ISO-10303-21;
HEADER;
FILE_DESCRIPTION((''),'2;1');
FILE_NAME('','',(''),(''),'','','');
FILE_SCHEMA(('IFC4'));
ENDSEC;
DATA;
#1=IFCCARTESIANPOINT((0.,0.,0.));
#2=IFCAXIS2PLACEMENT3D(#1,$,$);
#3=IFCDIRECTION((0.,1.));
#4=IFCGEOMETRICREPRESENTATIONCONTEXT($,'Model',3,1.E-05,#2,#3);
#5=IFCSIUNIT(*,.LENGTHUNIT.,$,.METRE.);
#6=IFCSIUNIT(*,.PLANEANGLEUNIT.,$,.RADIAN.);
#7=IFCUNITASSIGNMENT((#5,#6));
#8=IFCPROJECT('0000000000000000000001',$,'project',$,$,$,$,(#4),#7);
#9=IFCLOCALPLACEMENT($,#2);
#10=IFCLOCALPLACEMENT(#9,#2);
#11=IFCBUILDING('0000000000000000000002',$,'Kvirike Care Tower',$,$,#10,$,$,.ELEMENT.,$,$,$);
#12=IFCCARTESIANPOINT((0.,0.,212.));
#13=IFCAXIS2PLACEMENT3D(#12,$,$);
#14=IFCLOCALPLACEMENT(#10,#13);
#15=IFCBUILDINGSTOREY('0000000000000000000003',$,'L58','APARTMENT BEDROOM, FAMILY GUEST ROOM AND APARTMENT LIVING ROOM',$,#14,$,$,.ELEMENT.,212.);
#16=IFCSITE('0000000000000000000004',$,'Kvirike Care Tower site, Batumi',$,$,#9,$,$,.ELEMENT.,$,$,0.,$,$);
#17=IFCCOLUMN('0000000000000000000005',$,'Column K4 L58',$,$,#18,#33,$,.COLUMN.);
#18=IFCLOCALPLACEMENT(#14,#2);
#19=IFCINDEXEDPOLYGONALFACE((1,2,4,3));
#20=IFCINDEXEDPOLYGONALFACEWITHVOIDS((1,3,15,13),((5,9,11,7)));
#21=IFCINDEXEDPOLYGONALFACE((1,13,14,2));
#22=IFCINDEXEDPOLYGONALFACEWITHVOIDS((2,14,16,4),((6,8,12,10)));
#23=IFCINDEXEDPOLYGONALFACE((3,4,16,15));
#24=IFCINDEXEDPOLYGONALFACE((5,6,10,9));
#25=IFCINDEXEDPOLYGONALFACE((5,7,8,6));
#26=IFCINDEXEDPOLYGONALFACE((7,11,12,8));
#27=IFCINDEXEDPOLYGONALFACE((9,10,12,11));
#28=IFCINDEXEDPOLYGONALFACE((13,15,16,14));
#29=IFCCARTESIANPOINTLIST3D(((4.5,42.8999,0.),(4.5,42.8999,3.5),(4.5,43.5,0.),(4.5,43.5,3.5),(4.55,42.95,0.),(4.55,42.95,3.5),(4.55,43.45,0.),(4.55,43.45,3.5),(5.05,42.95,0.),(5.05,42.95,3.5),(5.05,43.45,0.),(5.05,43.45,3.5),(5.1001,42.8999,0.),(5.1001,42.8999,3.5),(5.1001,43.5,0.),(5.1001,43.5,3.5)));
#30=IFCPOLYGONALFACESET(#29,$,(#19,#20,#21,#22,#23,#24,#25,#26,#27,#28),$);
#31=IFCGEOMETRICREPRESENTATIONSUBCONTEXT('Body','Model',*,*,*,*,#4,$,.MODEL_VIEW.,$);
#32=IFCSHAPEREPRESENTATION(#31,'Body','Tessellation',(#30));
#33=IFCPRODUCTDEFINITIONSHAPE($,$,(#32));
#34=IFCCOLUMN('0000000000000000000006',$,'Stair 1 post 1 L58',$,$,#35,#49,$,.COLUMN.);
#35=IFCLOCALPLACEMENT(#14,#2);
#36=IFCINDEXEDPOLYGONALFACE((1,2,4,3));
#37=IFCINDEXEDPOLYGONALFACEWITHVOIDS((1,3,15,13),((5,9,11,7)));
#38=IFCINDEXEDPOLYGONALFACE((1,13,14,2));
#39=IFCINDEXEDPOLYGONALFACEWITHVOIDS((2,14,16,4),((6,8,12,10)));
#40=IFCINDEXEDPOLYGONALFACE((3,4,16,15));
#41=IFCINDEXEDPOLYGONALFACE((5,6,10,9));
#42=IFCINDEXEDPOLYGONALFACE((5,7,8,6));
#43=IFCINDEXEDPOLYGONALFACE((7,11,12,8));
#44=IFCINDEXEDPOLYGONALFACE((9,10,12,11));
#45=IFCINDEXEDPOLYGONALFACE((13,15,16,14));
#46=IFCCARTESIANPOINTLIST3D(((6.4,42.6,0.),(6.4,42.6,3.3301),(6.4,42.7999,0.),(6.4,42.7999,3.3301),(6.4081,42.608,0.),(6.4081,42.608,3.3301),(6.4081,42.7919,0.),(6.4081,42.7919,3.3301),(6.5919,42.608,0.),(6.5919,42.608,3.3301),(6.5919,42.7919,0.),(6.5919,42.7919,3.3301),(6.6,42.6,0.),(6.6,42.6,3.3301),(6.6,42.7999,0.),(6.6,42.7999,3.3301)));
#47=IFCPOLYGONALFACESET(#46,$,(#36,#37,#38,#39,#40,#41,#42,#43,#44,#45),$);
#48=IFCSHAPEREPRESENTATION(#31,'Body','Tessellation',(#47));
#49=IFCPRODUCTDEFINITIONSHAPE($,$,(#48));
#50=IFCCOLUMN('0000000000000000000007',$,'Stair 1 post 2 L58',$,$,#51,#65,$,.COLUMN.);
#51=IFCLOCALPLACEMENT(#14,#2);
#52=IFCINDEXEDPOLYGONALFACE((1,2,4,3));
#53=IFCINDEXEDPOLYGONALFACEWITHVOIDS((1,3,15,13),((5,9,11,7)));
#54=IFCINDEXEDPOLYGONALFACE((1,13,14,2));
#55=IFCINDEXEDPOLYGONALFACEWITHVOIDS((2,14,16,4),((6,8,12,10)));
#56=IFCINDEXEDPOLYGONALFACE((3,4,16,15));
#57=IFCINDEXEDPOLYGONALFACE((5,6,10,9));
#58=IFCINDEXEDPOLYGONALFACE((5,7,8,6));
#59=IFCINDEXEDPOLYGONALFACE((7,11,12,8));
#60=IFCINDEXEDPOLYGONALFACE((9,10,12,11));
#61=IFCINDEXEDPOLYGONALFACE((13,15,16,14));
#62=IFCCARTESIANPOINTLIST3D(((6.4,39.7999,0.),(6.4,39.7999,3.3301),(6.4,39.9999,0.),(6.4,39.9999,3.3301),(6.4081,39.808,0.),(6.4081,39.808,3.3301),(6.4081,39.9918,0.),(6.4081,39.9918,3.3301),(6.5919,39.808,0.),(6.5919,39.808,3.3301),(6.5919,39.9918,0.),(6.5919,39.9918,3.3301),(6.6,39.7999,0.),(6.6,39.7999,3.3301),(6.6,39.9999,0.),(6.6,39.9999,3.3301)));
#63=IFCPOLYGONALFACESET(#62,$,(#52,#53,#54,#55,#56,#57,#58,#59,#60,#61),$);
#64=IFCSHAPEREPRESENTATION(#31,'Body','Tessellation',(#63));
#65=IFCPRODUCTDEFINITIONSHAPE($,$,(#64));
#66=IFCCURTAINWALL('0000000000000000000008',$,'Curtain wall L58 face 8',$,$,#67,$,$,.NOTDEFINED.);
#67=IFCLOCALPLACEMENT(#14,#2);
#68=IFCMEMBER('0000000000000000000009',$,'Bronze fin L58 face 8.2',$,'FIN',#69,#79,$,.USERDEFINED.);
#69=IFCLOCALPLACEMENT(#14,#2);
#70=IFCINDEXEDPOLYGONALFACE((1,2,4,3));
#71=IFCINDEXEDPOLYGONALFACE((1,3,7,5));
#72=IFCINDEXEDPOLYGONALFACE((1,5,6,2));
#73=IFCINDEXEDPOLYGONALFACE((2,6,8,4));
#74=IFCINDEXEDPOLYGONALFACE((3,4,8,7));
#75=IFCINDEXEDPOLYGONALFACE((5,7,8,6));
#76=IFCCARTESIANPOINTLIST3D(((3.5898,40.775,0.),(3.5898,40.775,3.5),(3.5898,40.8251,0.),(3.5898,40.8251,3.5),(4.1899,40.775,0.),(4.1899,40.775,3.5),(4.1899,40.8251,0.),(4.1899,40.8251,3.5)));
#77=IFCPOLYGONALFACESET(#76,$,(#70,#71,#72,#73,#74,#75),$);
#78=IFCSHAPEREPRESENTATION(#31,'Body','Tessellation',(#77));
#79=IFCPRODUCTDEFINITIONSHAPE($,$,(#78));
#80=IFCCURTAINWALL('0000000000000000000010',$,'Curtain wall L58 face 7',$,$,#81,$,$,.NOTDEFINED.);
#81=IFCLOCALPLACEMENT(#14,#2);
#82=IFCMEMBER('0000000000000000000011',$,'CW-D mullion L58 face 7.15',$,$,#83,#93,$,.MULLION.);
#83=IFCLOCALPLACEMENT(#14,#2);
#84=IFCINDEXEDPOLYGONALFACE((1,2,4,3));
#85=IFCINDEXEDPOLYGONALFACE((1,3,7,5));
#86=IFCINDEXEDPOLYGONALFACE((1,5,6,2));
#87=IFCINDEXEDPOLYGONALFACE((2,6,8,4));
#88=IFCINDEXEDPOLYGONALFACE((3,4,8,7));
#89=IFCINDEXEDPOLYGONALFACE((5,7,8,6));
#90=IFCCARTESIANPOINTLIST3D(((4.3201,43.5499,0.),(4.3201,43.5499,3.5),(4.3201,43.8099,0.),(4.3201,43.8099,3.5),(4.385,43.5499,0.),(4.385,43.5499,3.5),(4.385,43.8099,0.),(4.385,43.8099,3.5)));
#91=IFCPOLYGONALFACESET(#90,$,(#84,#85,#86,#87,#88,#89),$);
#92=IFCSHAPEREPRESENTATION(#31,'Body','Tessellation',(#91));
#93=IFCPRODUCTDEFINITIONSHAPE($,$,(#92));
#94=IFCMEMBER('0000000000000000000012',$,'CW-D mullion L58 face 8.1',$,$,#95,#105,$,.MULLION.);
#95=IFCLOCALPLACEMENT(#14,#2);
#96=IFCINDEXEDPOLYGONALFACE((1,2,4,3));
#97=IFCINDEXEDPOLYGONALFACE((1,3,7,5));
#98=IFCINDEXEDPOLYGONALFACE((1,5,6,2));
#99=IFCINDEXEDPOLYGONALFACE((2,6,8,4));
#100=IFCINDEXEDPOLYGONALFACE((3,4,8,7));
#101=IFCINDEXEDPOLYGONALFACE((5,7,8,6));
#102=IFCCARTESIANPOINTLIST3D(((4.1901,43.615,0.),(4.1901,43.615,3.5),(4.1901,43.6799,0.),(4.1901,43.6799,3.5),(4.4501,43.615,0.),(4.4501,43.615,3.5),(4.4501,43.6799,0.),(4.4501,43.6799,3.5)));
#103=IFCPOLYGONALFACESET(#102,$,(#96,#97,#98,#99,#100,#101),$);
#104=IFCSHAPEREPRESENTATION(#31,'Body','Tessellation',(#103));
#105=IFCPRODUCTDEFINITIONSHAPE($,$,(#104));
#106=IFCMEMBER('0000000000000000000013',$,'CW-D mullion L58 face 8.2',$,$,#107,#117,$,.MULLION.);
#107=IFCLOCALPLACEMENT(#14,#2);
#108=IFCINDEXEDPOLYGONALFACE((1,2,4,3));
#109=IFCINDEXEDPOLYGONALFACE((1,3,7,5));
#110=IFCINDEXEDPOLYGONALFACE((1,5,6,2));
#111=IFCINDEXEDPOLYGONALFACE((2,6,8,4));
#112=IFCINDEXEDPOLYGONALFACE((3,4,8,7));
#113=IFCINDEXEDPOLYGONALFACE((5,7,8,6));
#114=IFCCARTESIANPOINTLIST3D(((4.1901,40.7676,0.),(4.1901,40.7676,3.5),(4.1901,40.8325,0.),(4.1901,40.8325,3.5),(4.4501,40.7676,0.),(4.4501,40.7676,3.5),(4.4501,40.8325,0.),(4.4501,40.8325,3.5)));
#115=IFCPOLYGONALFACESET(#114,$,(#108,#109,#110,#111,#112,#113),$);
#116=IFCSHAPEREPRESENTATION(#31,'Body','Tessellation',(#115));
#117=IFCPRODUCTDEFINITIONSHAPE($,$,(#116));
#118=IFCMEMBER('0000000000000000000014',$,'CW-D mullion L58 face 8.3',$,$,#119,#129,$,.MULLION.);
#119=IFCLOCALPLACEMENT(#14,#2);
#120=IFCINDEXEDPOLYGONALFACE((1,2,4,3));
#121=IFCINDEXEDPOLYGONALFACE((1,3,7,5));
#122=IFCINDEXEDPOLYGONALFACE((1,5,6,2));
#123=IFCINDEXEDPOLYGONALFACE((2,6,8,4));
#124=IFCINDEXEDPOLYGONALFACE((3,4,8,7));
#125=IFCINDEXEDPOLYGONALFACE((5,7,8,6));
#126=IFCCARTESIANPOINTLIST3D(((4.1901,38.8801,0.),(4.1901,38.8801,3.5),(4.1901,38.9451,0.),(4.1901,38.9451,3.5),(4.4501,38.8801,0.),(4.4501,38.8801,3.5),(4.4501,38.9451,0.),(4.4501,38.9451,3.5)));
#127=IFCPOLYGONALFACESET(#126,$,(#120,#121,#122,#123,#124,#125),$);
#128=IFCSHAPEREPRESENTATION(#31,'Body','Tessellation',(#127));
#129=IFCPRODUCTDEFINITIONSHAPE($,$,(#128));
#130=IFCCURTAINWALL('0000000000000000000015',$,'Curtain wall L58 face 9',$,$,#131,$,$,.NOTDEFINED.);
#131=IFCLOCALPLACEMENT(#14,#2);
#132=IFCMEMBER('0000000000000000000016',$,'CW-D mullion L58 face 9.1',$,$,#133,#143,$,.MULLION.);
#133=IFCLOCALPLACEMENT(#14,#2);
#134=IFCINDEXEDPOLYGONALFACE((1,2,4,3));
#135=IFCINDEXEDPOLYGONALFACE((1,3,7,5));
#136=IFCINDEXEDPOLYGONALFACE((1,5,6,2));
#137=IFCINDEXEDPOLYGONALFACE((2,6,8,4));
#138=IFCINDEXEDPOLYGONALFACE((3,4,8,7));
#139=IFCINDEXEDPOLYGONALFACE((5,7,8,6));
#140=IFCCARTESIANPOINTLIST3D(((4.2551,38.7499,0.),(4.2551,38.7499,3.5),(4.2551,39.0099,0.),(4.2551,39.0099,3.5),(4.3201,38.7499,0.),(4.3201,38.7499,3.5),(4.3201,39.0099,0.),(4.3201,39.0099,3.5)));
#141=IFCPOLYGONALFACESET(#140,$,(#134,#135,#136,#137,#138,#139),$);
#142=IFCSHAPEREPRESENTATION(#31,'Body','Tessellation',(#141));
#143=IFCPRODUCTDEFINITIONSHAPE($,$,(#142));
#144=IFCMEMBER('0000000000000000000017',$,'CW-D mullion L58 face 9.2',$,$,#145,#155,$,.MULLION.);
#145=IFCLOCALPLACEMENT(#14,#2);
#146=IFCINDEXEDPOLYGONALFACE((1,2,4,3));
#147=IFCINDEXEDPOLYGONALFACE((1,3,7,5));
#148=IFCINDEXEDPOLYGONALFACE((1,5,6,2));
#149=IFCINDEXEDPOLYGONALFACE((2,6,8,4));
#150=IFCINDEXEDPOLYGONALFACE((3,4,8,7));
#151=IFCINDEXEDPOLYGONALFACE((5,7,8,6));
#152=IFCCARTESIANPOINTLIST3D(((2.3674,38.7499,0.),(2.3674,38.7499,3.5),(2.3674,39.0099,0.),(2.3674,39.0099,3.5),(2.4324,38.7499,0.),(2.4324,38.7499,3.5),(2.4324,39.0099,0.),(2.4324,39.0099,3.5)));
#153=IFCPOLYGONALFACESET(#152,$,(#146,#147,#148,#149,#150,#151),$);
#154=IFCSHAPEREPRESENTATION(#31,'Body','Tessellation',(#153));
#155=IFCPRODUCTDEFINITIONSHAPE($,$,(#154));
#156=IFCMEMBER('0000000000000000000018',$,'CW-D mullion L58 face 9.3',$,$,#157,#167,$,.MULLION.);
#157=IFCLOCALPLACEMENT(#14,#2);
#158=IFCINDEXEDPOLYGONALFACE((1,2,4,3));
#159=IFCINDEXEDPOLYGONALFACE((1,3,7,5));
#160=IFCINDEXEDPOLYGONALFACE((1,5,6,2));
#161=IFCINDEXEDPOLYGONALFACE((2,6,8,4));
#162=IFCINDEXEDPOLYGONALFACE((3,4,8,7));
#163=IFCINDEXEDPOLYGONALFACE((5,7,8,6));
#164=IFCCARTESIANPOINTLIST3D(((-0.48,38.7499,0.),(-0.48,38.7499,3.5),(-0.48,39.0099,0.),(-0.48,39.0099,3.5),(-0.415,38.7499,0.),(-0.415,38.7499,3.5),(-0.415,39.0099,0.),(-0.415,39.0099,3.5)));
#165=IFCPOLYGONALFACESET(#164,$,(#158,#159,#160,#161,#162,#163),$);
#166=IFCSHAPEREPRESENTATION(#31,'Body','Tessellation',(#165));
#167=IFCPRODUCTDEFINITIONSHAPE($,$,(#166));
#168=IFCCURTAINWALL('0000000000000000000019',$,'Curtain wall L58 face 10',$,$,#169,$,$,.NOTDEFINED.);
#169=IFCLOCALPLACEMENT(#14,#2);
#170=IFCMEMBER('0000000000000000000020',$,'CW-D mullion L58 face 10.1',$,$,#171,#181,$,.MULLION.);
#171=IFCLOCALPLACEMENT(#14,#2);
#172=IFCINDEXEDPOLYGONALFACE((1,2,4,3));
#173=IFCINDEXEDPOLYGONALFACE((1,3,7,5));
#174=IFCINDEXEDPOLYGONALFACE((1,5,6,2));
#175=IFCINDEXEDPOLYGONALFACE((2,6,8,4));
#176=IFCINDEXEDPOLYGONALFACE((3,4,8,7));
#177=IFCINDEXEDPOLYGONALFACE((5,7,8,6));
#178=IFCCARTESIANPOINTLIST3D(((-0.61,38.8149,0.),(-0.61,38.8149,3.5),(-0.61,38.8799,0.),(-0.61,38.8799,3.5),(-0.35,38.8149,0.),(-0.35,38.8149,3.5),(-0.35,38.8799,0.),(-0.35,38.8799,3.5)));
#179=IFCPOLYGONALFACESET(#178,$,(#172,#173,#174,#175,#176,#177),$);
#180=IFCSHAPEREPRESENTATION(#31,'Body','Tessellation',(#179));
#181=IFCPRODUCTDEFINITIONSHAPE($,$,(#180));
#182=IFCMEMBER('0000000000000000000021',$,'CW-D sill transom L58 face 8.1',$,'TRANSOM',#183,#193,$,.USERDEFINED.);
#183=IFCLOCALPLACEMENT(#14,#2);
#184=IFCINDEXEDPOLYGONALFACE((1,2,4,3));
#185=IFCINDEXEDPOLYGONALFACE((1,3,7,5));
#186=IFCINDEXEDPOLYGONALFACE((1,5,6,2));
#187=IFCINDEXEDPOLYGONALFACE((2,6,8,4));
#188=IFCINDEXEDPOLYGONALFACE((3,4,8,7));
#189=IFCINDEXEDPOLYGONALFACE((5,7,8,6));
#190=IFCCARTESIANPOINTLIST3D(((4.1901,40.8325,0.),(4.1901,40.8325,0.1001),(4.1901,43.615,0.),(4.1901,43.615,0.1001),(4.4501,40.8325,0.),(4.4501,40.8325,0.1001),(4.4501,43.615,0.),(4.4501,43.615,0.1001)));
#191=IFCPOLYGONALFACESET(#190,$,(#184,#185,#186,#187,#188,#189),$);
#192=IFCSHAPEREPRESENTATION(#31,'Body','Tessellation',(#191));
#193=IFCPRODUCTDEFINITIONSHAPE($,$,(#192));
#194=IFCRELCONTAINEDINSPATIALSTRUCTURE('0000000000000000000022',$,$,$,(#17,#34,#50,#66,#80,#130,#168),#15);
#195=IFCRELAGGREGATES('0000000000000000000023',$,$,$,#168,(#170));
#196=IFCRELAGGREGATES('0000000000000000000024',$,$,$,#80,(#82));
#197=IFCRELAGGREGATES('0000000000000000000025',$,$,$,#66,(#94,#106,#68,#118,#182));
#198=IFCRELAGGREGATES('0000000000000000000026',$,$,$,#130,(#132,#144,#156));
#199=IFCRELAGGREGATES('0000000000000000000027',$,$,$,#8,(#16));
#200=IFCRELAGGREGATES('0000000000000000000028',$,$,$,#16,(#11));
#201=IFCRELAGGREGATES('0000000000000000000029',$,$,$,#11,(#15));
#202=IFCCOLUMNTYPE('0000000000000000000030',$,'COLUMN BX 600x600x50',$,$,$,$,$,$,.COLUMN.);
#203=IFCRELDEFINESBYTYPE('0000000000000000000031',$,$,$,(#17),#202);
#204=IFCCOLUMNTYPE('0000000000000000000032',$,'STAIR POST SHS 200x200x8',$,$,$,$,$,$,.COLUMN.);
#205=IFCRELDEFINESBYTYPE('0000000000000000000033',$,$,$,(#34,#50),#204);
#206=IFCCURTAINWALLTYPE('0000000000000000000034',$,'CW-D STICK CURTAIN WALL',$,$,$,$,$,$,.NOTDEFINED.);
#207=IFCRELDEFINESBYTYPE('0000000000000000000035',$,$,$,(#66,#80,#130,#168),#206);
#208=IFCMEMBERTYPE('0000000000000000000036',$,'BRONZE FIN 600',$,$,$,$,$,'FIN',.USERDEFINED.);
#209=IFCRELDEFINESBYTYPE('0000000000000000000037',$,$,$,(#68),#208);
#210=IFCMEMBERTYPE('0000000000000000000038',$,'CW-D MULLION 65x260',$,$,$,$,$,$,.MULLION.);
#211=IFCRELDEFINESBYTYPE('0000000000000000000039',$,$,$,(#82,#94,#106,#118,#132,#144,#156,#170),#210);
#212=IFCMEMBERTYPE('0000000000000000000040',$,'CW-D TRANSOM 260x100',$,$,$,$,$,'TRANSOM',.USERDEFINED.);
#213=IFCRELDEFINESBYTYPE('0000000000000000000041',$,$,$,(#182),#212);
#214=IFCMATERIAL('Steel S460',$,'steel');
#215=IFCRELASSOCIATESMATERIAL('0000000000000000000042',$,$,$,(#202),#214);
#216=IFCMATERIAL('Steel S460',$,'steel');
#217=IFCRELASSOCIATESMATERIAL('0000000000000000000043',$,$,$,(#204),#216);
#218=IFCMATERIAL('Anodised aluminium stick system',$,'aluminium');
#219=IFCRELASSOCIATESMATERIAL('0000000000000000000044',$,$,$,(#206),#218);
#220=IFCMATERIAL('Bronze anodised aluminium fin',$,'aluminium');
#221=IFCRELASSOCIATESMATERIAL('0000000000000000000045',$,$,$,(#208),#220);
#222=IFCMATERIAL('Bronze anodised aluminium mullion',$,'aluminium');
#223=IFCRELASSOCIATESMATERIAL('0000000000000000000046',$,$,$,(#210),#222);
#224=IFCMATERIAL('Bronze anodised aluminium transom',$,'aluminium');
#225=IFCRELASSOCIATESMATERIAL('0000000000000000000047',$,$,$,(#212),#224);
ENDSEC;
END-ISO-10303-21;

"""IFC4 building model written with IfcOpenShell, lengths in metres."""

from ifc_helpers import new_model, si_unit, direction, frame, origin, origin_2d, place, context, subcontext, project, spatial, rectangle, hollow_rectangle, extrude, material, material_profile, profile_set, type_object, element, aggregate, save


model = new_model("IFC4")

# Units and contexts
model_context = context("Model", 3, precision=1e-05, world=origin(), true_north=direction((0.0, 1.0)))
body_context = subcontext(model_context, "Body", "Model", "MODEL_VIEW")
ifc_project = project(units=[si_unit("LENGTHUNIT", "METRE"), si_unit("PLANEANGLEUNIT", "RADIAN")], contexts=[model_context])

# Site, building, storey
site_placement = place(None, origin())
site = spatial("IfcSite", under=ifc_project, at=site_placement, Name="Kvirike Care Tower site, Batumi", CompositionType="ELEMENT", RefElevation=0.0)
building_placement = place(site_placement, origin())
building = spatial("IfcBuilding", under=site, at=building_placement, Name="Kvirike Care Tower", CompositionType="ELEMENT")
storey_placement = place(building_placement, frame((0.0, 0.0, 212.0)))
storey = spatial("IfcBuildingStorey", under=building, at=storey_placement, Name="L58", Description="APARTMENT BEDROOM, FAMILY GUEST ROOM AND APARTMENT LIVING ROOM", CompositionType="ELEMENT", Elevation=212.0)

# Columns
ifc_material_1 = material(Name="Steel S460", Category="steel")
ifc_material_profile_1 = material_profile(ifc_material_1, hollow_rectangle(XDim=0.6001, YDim=0.6001, WallThickness=0.05, at=origin_2d()), Name="BX 600x600x50")
ifc_profile_set_1 = profile_set([ifc_material_profile_1], Name="Steel S460")
column_type_1 = type_object("IfcColumnType", Name="COLUMN BX 600x600x50", PredefinedType="COLUMN", material=ifc_profile_set_1)
column_placement = place(storey_placement, frame((4.8, 43.2, 0.0), z_axis=(0.0, 0.0, 1.0), x_axis=(0.0, 1.0, 0.0)))
element("IfcColumn", 1, at=column_placement, inside=storey, type_object=column_type_1, Name="Column K4 L58", PredefinedType="COLUMN", context=body_context, shape_type="SweptSolid", body=[
    extrude(hollow_rectangle(XDim=0.6001, YDim=0.6001, WallThickness=0.05, at=origin_2d()), origin(), (0.0, 0.0, 1.0), 3.5),
])
ifc_material_2 = material(Name="Steel S460", Category="steel")
ifc_material_profile_2 = material_profile(ifc_material_2, hollow_rectangle(XDim=0.2, YDim=0.2, WallThickness=0.0081, at=origin_2d()), Name="SHS 200x200x8")
ifc_profile_set_2 = profile_set([ifc_material_profile_2], Name="Steel S460")
column_type_2 = type_object("IfcColumnType", Name="STAIR POST SHS 200x200x8", PredefinedType="COLUMN", material=ifc_profile_set_2)
for number, where, z_axis, x_axis, name in (
    (2, (6.5, 42.7, 0.0), (0.0, 0.0, 1.0), (1.0, 0.0, 0.0), "Stair 1 post 1 L58"),
    (3, (6.5, 39.8999, 0.0), (0.0, 0.0, 1.0), (1.0, 0.0, 0.0), "Stair 1 post 2 L58"),
):
    element("IfcColumn", number, at=place(storey_placement, frame(where, z_axis=z_axis, x_axis=x_axis)), inside=storey, type_object=column_type_2, Name=name, PredefinedType="COLUMN", context=body_context, shape_type="SweptSolid", body=[
        extrude(hollow_rectangle(XDim=0.2, YDim=0.2, WallThickness=0.0081, at=origin_2d()), origin(), (0.0, 0.0, 1.0), 3.3301),
    ])

# Curtain walls, members
ifc_material_3 = material(Name="Anodised aluminium stick system", Category="aluminium")
curtain_wall_type = type_object("IfcCurtainWallType", Name="CW-D STICK CURTAIN WALL", PredefinedType="NOTDEFINED", material=ifc_material_3)
curtain_wall_1_placement = place(storey_placement, origin())
curtain_wall_1 = element("IfcCurtainWall", 4, at=curtain_wall_1_placement, inside=storey, type_object=curtain_wall_type, Name="Curtain wall L58 face 8", PredefinedType="NOTDEFINED")
ifc_material_4 = material(Name="Bronze anodised aluminium fin", Category="aluminium")
ifc_material_profile_3 = material_profile(ifc_material_4, rectangle(XDim=0.05, YDim=0.6001, at=origin_2d()), Name="BRONZE FIN 600")
ifc_profile_set_3 = profile_set([ifc_material_profile_3], Name="Bronze anodised aluminium fin")
member_type_1 = type_object("IfcMemberType", Name="BRONZE FIN 600", ElementType="FIN", PredefinedType="USERDEFINED", material=ifc_profile_set_3)
member_1_placement = place(storey_placement, frame((3.8899, 40.8, 0.0), z_axis=(0.0, 0.0, 1.0), x_axis=(0.0, -1.0, 0.0)))
member_1 = element("IfcMember", 5, at=member_1_placement, type_object=member_type_1, Name="Bronze fin L58 face 8.2", ObjectType="FIN", PredefinedType="USERDEFINED", context=body_context, shape_type="SweptSolid", body=[
    extrude(rectangle(XDim=0.05, YDim=0.6001, at=origin_2d()), origin(), (0.0, 0.0, 1.0), 3.5),
])
curtain_wall_2_placement = place(storey_placement, origin())
curtain_wall_2 = element("IfcCurtainWall", 6, at=curtain_wall_2_placement, inside=storey, type_object=curtain_wall_type, Name="Curtain wall L58 face 7", PredefinedType="NOTDEFINED")
ifc_material_5 = material(Name="Bronze anodised aluminium mullion", Category="aluminium")
ifc_material_profile_4 = material_profile(ifc_material_5, rectangle(XDim=0.0649, YDim=0.26, at=origin_2d()), Name="CW-D MULLION 65x260")
ifc_profile_set_4 = profile_set([ifc_material_profile_4], Name="Bronze anodised aluminium mullion")
member_type_2 = type_object("IfcMemberType", Name="CW-D MULLION 65x260", PredefinedType="MULLION", material=ifc_profile_set_4)
member_2_placement = place(storey_placement, frame((4.3525, 43.6799, 0.0), z_axis=(0.0, 0.0, 1.0), x_axis=(-1.0, 0.0, 0.0)))
member_2 = element("IfcMember", 7, at=member_2_placement, type_object=member_type_2, Name="CW-D mullion L58 face 7.15", PredefinedType="MULLION", context=body_context, shape_type="SweptSolid", body=[
    extrude(rectangle(XDim=0.0649, YDim=0.26, at=origin_2d()), origin(), (0.0, 0.0, 1.0), 3.5),
])

# Members
member_3_placement = place(storey_placement, frame((4.3201, 43.6475, 0.0), z_axis=(0.0, 0.0, 1.0), x_axis=(0.0, -1.0, 0.0)))
member_3 = element("IfcMember", 8, at=member_3_placement, type_object=member_type_2, Name="CW-D mullion L58 face 8.1", PredefinedType="MULLION", context=body_context, shape_type="SweptSolid", body=[
    extrude(rectangle(XDim=0.0649, YDim=0.26, at=origin_2d()), origin(), (0.0, 0.0, 1.0), 3.5),
])
member_4_placement = place(storey_placement, frame((4.3201, 40.8, 0.0), z_axis=(0.0, 0.0, 1.0), x_axis=(0.0, -1.0, 0.0)))
member_4 = element("IfcMember", 9, at=member_4_placement, type_object=member_type_2, Name="CW-D mullion L58 face 8.2", PredefinedType="MULLION", context=body_context, shape_type="SweptSolid", body=[
    extrude(rectangle(XDim=0.0649, YDim=0.26, at=origin_2d()), origin(), (0.0, 0.0, 1.0), 3.5),
])
member_5_placement = place(storey_placement, frame((4.3201, 38.9126, 0.0), z_axis=(0.0, 0.0, 1.0), x_axis=(0.0, -1.0, 0.0)))
member_5 = element("IfcMember", 10, at=member_5_placement, type_object=member_type_2, Name="CW-D mullion L58 face 8.3", PredefinedType="MULLION", context=body_context, shape_type="SweptSolid", body=[
    extrude(rectangle(XDim=0.0649, YDim=0.26, at=origin_2d()), origin(), (0.0, 0.0, 1.0), 3.5),
])

# Curtain wall, members
curtain_wall_3_placement = place(storey_placement, origin())
curtain_wall_3 = element("IfcCurtainWall", 11, at=curtain_wall_3_placement, inside=storey, type_object=curtain_wall_type, Name="Curtain wall L58 face 9", PredefinedType="NOTDEFINED")
member_6_placement = place(storey_placement, frame((4.2876, 38.8799, 0.0), z_axis=(0.0, 0.0, 1.0), x_axis=(-1.0, 0.0, 0.0)))
member_6 = element("IfcMember", 12, at=member_6_placement, type_object=member_type_2, Name="CW-D mullion L58 face 9.1", PredefinedType="MULLION", context=body_context, shape_type="SweptSolid", body=[
    extrude(rectangle(XDim=0.0649, YDim=0.26, at=origin_2d()), origin(), (0.0, 0.0, 1.0), 3.5),
])
member_7_placement = place(storey_placement, frame((2.3999, 38.8799, 0.0), z_axis=(0.0, 0.0, 1.0), x_axis=(-1.0, 0.0, 0.0)))
member_7 = element("IfcMember", 13, at=member_7_placement, type_object=member_type_2, Name="CW-D mullion L58 face 9.2", PredefinedType="MULLION", context=body_context, shape_type="SweptSolid", body=[
    extrude(rectangle(XDim=0.0649, YDim=0.26, at=origin_2d()), origin(), (0.0, 0.0, 1.0), 3.5),
])
member_8_placement = place(storey_placement, frame((-0.4475, 38.8799, 0.0), z_axis=(0.0, 0.0, 1.0), x_axis=(-1.0, 0.0, 0.0)))
member_8 = element("IfcMember", 14, at=member_8_placement, type_object=member_type_2, Name="CW-D mullion L58 face 9.3", PredefinedType="MULLION", context=body_context, shape_type="SweptSolid", body=[
    extrude(rectangle(XDim=0.0649, YDim=0.26, at=origin_2d()), origin(), (0.0, 0.0, 1.0), 3.5),
])

# Curtain wall, member
curtain_wall_4_placement = place(storey_placement, origin())
curtain_wall_4 = element("IfcCurtainWall", 15, at=curtain_wall_4_placement, inside=storey, type_object=curtain_wall_type, Name="Curtain wall L58 face 10", PredefinedType="NOTDEFINED")
member_9_placement = place(storey_placement, frame((-0.48, 38.8474, 0.0), z_axis=(0.0, 0.0, 1.0), x_axis=(0.0, -1.0, 0.0)))
member_9 = element("IfcMember", 16, at=member_9_placement, type_object=member_type_2, Name="CW-D mullion L58 face 10.1", PredefinedType="MULLION", context=body_context, shape_type="SweptSolid", body=[
    extrude(rectangle(XDim=0.0649, YDim=0.26, at=origin_2d()), origin(), (0.0, 0.0, 1.0), 3.5),
])

# Member
ifc_material_6 = material(Name="Bronze anodised aluminium transom", Category="aluminium")
ifc_material_profile_5 = material_profile(ifc_material_6, rectangle(XDim=0.26, YDim=0.1001, at=origin_2d()), Name="CW-D TRANSOM 260x100")
ifc_profile_set_5 = profile_set([ifc_material_profile_5], Name="Bronze anodised aluminium transom")
member_type_3 = type_object("IfcMemberType", Name="CW-D TRANSOM 260x100", ElementType="TRANSOM", PredefinedType="USERDEFINED", material=ifc_profile_set_5)
member_10_placement = place(storey_placement, frame((4.3201, 43.615, 0.05), z_axis=(0.0, -1.0, 0.0), x_axis=(1.0, 0.0, 0.0)))
member_10 = element("IfcMember", 17, at=member_10_placement, type_object=member_type_3, Name="CW-D sill transom L58 face 8.1", ObjectType="TRANSOM", PredefinedType="USERDEFINED", context=body_context, shape_type="SweptSolid", body=[
    extrude(rectangle(XDim=0.26, YDim=0.1001, at=origin_2d()), origin(), (0.0, 0.0, 1.0), 2.7825),
])
aggregate(curtain_wall_4, [member_9])

aggregate(curtain_wall_2, [member_2])
aggregate(curtain_wall_1, [member_3, member_4, member_1, member_5, member_10])
aggregate(curtain_wall_3, [member_6, member_7, member_8])

save(model, "model.ifc")
